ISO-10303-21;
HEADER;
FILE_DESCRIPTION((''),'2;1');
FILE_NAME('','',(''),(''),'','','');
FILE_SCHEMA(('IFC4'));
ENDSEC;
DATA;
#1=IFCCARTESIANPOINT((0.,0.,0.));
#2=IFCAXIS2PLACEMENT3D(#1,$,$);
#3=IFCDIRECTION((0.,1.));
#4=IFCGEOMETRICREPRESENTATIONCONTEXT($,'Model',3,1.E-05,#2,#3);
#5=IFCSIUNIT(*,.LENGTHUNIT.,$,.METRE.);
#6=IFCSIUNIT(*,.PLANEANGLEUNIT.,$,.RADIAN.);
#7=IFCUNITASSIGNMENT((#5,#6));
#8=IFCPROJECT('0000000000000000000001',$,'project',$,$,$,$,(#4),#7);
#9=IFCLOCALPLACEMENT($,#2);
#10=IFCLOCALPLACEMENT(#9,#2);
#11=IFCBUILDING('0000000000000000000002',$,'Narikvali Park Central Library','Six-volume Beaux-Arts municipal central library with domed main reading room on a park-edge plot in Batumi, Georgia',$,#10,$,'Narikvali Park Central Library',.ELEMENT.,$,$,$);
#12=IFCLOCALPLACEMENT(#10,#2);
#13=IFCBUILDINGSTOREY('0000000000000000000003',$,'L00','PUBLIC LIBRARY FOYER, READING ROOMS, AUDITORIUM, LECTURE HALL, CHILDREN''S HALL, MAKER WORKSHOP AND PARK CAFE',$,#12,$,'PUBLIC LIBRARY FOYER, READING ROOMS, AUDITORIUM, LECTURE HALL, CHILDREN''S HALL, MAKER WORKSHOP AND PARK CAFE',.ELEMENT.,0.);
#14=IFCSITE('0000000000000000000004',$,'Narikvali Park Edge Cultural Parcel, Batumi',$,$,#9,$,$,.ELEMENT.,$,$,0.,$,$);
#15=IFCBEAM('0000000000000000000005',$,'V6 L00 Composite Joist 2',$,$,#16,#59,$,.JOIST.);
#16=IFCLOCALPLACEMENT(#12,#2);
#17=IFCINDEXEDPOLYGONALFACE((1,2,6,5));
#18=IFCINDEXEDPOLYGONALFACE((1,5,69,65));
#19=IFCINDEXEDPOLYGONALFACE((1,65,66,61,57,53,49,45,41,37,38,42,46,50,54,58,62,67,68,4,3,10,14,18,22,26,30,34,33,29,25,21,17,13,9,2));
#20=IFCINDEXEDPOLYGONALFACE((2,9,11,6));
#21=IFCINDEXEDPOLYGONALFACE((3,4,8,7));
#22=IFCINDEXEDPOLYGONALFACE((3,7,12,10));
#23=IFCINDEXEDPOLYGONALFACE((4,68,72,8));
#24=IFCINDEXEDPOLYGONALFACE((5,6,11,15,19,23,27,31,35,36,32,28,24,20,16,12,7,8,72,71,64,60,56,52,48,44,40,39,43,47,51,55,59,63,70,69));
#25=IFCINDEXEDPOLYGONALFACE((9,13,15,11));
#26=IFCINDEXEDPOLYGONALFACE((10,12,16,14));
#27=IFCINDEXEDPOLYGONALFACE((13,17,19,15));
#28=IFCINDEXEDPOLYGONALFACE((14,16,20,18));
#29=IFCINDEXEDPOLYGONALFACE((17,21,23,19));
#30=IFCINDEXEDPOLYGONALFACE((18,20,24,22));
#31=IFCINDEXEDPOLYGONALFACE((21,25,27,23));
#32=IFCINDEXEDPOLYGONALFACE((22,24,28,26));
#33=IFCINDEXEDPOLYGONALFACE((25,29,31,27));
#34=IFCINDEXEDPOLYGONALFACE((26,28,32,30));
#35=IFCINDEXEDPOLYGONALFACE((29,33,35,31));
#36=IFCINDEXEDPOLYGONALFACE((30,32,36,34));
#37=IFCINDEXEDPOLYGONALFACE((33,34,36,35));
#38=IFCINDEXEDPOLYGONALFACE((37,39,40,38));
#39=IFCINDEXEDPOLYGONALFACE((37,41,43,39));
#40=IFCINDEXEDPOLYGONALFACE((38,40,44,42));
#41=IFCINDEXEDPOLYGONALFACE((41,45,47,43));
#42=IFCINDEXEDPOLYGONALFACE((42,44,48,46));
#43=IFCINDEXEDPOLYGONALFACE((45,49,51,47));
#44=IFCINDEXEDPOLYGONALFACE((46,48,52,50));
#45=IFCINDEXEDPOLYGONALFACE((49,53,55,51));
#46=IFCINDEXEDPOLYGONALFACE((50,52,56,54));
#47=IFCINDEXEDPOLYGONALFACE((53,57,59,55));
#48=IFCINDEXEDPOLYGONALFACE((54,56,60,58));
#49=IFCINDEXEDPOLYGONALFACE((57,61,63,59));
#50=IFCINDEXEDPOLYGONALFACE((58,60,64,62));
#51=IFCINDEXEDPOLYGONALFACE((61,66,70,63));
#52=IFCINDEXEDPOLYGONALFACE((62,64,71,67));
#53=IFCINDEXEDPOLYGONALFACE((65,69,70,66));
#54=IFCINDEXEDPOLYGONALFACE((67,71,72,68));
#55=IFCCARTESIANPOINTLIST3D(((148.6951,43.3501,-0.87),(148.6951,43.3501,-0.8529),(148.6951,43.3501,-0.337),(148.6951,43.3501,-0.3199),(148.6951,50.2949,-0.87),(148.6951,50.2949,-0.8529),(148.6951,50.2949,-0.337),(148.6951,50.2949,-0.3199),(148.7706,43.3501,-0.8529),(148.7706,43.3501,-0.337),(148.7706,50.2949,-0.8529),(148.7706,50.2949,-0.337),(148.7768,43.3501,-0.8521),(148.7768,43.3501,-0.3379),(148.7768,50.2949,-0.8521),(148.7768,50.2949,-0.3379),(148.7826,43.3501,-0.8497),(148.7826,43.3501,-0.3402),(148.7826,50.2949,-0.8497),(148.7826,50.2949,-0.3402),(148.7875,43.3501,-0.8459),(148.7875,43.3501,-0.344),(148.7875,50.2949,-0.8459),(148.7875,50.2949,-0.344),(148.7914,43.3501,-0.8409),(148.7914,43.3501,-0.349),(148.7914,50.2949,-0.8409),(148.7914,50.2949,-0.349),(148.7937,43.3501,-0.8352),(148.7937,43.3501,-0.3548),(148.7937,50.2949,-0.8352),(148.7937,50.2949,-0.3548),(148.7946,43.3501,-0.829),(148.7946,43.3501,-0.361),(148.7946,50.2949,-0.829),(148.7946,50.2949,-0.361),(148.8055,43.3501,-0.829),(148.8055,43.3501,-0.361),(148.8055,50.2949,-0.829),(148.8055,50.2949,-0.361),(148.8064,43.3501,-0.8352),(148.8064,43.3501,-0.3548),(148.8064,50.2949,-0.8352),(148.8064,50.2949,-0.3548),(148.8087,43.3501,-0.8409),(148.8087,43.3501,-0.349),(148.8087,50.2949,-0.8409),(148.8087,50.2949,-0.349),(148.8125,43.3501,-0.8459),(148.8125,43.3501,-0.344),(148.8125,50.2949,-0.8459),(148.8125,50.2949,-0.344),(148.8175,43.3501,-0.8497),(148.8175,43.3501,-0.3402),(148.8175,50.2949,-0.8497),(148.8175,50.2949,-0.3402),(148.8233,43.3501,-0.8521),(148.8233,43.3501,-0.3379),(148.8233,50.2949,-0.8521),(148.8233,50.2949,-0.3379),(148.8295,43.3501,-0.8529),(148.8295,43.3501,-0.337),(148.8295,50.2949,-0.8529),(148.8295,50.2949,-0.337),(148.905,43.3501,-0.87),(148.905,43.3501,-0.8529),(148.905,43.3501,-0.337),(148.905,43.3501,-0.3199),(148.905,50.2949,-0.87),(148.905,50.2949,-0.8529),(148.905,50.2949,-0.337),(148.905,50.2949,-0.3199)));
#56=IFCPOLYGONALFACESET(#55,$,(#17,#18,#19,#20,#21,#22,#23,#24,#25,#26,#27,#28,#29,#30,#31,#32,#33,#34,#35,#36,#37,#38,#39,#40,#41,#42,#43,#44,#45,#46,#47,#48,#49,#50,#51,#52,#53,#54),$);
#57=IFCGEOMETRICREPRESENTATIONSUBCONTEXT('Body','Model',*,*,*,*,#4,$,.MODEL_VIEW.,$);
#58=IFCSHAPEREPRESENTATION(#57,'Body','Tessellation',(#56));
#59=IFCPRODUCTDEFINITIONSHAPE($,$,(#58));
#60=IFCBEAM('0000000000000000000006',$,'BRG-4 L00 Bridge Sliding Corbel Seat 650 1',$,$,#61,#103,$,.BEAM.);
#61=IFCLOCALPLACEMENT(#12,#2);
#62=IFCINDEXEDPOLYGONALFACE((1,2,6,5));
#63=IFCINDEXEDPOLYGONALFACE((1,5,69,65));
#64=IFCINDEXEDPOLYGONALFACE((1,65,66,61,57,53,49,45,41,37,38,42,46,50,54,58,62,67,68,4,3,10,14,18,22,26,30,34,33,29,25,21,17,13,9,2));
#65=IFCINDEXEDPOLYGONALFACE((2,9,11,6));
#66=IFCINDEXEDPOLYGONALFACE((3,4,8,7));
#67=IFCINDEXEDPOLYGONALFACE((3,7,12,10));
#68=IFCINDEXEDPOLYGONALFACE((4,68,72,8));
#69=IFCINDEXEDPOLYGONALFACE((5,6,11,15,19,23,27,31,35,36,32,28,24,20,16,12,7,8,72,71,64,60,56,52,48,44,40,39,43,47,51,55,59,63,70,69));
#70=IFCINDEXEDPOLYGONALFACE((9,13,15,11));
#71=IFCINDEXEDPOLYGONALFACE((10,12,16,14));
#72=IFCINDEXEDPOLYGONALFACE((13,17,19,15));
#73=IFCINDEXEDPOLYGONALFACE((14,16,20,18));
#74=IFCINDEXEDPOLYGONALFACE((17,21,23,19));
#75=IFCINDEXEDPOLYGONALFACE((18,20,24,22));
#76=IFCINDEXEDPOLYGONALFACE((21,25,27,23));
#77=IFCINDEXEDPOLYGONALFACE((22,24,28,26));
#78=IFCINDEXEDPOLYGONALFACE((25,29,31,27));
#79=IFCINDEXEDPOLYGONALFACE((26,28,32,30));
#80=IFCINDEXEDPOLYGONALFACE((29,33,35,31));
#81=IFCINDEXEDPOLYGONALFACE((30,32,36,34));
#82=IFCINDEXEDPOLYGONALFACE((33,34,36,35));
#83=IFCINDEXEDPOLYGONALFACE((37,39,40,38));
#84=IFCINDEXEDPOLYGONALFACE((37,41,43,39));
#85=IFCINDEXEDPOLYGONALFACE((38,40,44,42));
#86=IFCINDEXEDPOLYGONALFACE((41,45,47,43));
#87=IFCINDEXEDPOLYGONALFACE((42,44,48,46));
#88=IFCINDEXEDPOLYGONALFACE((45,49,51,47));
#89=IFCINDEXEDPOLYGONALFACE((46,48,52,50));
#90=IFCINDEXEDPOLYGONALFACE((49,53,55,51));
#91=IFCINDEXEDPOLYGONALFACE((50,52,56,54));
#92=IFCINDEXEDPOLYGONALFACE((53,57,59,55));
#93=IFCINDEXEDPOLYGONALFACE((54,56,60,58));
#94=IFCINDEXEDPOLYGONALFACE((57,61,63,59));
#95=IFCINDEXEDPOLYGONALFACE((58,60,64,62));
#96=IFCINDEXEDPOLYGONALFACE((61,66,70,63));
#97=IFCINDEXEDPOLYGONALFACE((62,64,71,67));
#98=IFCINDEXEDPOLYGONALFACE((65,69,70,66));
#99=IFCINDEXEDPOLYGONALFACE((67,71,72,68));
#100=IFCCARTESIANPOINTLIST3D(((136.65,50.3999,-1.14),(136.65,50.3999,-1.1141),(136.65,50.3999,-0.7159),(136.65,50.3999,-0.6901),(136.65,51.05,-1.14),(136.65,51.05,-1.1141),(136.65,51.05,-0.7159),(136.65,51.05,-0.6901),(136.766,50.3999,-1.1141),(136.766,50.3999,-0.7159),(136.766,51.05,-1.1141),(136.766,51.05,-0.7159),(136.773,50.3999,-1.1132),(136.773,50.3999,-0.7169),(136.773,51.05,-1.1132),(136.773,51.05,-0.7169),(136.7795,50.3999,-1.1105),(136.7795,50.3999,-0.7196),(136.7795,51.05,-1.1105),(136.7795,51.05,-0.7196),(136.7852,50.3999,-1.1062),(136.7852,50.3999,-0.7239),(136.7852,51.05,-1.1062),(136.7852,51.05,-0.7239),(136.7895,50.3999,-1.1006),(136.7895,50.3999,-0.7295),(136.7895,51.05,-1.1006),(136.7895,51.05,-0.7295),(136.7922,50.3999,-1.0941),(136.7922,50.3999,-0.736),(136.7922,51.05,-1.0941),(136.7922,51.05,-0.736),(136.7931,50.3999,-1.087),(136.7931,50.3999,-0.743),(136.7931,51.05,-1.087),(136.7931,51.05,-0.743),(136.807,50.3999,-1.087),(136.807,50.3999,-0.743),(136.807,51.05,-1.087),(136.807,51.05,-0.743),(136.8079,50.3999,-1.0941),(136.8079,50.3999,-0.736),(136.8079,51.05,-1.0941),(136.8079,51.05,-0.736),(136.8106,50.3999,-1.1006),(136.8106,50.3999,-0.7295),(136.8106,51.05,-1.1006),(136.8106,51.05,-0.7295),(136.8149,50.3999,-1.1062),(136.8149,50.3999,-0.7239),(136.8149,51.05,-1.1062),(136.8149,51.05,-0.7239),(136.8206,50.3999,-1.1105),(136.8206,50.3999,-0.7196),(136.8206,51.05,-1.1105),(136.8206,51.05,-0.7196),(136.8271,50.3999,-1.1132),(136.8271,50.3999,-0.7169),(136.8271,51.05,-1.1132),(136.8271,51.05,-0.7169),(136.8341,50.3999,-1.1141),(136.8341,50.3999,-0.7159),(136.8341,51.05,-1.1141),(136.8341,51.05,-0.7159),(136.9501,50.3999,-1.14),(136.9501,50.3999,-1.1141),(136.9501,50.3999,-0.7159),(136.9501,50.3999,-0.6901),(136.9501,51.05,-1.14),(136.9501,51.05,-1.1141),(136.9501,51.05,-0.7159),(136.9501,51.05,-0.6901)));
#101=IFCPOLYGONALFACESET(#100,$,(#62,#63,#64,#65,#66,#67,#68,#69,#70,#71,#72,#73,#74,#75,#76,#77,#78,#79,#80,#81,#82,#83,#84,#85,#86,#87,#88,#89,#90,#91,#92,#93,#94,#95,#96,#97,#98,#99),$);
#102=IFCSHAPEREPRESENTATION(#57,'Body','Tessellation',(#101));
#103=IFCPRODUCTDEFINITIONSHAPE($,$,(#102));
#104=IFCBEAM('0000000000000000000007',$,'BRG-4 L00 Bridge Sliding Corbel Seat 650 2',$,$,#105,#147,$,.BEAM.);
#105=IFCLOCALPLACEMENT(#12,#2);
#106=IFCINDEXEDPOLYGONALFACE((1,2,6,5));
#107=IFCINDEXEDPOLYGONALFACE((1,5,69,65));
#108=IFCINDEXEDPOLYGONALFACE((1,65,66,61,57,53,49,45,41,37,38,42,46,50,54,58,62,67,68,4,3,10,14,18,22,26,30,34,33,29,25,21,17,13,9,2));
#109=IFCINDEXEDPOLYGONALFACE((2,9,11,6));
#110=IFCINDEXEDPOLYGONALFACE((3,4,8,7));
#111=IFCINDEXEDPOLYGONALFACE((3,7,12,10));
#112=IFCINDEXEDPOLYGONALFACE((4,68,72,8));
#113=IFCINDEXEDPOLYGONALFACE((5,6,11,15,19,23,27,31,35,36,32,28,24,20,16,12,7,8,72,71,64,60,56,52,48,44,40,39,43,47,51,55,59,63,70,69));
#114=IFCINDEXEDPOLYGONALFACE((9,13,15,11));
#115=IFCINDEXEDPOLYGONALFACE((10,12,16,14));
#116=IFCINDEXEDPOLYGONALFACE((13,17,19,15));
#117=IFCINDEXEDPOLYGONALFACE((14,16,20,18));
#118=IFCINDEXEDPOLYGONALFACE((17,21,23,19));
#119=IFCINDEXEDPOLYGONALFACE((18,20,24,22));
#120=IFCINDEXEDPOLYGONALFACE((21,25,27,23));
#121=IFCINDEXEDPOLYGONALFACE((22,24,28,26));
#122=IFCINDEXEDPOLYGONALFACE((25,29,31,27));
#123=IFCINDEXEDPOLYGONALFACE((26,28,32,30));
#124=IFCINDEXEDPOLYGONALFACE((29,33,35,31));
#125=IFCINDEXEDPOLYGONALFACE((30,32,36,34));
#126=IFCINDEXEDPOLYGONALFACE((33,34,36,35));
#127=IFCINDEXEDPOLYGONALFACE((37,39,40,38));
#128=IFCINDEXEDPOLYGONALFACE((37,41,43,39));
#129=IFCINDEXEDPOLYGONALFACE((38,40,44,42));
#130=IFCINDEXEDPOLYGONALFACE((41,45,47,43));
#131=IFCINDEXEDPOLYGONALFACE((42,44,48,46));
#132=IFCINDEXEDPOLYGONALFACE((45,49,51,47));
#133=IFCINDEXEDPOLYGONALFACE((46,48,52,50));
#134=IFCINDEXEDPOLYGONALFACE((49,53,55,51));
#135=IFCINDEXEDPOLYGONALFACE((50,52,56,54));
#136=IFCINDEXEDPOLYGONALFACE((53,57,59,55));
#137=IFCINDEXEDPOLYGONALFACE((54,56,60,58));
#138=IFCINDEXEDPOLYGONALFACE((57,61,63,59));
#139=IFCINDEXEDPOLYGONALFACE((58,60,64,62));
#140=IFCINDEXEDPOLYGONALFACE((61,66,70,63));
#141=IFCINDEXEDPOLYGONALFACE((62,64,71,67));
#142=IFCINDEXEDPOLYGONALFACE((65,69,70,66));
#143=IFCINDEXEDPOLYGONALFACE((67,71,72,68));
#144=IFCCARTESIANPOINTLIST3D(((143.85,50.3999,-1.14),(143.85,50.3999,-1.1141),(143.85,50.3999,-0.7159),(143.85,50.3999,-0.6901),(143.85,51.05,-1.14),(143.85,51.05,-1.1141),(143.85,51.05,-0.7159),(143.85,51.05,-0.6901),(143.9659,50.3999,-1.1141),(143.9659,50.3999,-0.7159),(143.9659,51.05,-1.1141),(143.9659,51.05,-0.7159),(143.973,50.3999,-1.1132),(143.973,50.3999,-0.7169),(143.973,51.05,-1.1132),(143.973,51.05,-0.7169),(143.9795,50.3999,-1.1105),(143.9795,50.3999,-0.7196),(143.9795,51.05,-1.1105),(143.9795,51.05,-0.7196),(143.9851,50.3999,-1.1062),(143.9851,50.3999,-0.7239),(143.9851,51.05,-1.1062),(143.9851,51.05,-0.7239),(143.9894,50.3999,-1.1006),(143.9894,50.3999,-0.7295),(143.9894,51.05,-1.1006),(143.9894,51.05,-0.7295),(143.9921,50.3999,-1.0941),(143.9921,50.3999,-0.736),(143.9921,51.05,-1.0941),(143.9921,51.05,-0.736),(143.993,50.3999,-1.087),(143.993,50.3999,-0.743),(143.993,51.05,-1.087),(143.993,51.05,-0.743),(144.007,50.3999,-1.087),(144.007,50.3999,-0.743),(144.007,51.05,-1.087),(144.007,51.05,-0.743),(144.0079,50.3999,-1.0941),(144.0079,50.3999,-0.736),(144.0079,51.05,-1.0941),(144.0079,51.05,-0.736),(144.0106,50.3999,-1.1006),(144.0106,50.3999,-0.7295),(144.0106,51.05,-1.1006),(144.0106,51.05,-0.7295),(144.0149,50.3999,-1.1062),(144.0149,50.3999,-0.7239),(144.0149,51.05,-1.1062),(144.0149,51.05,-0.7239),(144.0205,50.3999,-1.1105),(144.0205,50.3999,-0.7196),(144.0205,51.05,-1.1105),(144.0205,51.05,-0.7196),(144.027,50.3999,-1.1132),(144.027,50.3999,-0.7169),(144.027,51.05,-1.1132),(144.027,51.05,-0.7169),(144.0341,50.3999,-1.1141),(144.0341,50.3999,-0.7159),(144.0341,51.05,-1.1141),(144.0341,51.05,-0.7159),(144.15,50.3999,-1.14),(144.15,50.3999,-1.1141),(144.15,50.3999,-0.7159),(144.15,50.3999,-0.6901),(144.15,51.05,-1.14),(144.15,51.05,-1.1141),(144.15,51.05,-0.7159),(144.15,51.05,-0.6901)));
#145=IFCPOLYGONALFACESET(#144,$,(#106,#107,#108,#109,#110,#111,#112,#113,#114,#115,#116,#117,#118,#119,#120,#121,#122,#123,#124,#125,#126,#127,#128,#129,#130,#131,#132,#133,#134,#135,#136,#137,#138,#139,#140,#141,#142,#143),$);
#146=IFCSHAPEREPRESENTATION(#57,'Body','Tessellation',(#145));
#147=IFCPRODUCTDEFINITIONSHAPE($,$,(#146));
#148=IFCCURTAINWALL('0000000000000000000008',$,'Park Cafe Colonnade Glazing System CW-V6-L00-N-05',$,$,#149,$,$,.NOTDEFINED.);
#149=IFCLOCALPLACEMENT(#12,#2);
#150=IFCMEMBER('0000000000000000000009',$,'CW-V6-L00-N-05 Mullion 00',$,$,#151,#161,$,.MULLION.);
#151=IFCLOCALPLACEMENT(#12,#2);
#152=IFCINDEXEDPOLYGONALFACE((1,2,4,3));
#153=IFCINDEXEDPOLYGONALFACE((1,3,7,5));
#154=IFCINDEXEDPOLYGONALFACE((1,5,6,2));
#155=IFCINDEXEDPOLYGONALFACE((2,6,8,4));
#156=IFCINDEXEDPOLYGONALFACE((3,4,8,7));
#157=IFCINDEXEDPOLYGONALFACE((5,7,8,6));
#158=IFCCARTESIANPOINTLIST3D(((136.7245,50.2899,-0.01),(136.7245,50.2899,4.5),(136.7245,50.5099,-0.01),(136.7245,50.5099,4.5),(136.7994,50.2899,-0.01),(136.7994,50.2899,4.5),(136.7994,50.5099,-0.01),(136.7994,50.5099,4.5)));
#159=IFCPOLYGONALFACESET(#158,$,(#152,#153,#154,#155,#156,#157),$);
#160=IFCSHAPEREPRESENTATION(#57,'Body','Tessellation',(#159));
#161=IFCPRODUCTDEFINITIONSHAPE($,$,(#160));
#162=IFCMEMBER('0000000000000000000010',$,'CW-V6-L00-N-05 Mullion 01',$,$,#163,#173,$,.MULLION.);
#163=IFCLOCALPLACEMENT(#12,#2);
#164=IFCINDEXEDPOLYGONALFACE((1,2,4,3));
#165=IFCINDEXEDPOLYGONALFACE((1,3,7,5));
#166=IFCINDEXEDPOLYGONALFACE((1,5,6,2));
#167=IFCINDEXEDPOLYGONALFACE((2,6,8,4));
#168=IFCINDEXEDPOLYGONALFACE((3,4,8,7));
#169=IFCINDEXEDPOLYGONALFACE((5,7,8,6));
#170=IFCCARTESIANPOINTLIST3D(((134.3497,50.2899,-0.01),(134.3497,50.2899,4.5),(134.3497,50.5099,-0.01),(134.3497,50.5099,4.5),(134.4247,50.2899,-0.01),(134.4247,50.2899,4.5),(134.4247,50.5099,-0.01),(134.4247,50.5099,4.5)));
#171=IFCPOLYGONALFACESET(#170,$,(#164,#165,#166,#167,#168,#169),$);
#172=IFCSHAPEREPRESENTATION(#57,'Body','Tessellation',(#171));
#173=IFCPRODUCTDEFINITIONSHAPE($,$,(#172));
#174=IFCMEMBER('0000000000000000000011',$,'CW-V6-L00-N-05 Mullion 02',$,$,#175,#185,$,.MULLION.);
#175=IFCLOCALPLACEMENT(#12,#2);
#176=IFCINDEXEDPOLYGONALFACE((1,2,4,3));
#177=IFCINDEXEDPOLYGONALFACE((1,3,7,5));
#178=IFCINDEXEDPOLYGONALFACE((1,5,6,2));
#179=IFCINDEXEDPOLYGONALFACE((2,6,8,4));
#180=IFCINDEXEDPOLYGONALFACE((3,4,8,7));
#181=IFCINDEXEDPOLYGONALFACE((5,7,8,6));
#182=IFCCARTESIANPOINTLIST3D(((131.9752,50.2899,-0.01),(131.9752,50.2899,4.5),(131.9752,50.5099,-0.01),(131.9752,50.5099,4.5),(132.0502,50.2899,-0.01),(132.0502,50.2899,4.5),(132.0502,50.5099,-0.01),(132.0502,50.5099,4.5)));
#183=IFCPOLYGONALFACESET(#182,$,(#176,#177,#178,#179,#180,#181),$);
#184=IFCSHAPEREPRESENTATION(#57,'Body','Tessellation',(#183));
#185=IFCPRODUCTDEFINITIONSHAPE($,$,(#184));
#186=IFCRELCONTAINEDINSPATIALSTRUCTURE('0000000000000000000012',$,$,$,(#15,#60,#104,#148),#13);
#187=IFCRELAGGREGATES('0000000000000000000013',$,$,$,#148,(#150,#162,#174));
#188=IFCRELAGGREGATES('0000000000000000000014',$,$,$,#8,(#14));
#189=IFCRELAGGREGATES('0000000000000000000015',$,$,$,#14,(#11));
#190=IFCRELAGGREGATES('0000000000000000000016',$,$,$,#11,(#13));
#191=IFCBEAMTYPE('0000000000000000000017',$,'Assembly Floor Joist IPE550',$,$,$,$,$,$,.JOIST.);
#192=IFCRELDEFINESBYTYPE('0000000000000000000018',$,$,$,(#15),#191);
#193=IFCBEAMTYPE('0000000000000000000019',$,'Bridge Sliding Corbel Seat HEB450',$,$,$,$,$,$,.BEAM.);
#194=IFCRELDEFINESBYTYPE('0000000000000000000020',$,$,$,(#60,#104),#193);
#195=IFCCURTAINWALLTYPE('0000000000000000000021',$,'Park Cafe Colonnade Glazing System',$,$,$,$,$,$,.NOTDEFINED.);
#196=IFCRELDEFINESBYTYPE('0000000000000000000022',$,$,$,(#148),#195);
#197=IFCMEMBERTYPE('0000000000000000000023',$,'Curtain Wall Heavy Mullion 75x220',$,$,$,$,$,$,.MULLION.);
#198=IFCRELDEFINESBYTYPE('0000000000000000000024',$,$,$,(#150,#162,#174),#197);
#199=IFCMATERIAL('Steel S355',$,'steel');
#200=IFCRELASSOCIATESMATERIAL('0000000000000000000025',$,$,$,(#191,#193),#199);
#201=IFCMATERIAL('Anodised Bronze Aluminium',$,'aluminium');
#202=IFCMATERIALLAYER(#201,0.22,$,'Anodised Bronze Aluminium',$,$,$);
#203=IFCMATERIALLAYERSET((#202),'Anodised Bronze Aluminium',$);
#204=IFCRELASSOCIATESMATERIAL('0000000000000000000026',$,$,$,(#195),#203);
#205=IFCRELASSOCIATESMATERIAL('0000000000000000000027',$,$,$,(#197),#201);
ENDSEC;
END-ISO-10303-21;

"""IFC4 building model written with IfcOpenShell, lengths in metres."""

from ifc_helpers import new_model, si_unit, direction, frame, origin, origin_2d, place, context, subcontext, project, spatial, rectangle, i_section, extrude, material, layer, layer_set, material_profile, profile_set, type_object, element, aggregate, save


model = new_model("IFC4")

# Units and contexts
model_context = context("Model", 3, precision=1e-05, world=origin(), true_north=direction((0.0, 1.0)))
body_context = subcontext(model_context, "Body", "Model", "MODEL_VIEW")
ifc_project = project(units=[si_unit("LENGTHUNIT", "METRE"), si_unit("PLANEANGLEUNIT", "RADIAN")], contexts=[model_context])

# Site, building, storey
site_placement = place(None, origin())
site = spatial("IfcSite", under=ifc_project, at=site_placement, Name="Narikvali Park Edge Cultural Parcel, Batumi", CompositionType="ELEMENT", RefElevation=0.0)
building_placement = place(site_placement, origin())
building = spatial("IfcBuilding", under=site, at=building_placement, Name="Narikvali Park Central Library", Description="Six-volume Beaux-Arts municipal central library with domed main reading room on a park-edge plot in Batumi, Georgia", LongName="Narikvali Park Central Library", CompositionType="ELEMENT")
storey_placement = place(building_placement, origin())
storey = spatial("IfcBuildingStorey", under=building, at=storey_placement, Name="L00", Description="PUBLIC LIBRARY FOYER, READING ROOMS, AUDITORIUM, LECTURE HALL, CHILDREN'S HALL, MAKER WORKSHOP AND PARK CAFE", LongName="PUBLIC LIBRARY FOYER, READING ROOMS, AUDITORIUM, LECTURE HALL, CHILDREN'S HALL, MAKER WORKSHOP AND PARK CAFE", CompositionType="ELEMENT", Elevation=0.0)

# Shared definitions
ifc_material_1 = material(Name="Steel S355", Category="steel")

# Beams
ifc_material_profile_1 = material_profile(ifc_material_1, i_section(OverallWidth=0.21, OverallDepth=0.55, WebThickness=0.011, FlangeThickness=0.0171, FilletRadius=0.0239, at=origin_2d()), Name="IPE 550")
ifc_profile_set_1 = profile_set([ifc_material_profile_1], Name="Steel S355")
beam_type_1 = type_object("IfcBeamType", Name="Assembly Floor Joist IPE550", PredefinedType="JOIST", material=ifc_profile_set_1)
for number, where, z_axis, x_axis, name in (
    (1, (148.8, 43.3501, -0.595), (0.0, 1.0, 0.0), (-1.0, 0.0, 0.0), "V6 L00 Composite Joist 2"),
):
    element("IfcBeam", number, at=place(storey_placement, frame(where, z_axis=z_axis, x_axis=x_axis)), inside=storey, type_object=beam_type_1, Name=name, PredefinedType="JOIST", context=body_context, shape_type="SweptSolid", body=[
        extrude(i_section(OverallWidth=0.21, OverallDepth=0.55, WebThickness=0.011, FlangeThickness=0.0171, FilletRadius=0.0239, at=origin_2d()), origin(), (0.0, 0.0, 1.0), 6.9448),
    ])
ifc_material_profile_2 = material_profile(ifc_material_1, i_section(OverallWidth=0.3, OverallDepth=0.45, WebThickness=0.0139, FlangeThickness=0.0259, FilletRadius=0.0271, at=origin_2d()), Name="HEB 450")
ifc_profile_set_2 = profile_set([ifc_material_profile_2], Name="Steel S355")
beam_type_2 = type_object("IfcBeamType", Name="Bridge Sliding Corbel Seat HEB450", PredefinedType="BEAM", material=ifc_profile_set_2)
for number, where, z_axis, x_axis, name in (
    (2, (136.8, 50.3999, -0.915), (0.0, 1.0, 0.0), (-1.0, 0.0, 0.0), "BRG-4 L00 Bridge Sliding Corbel Seat 650 1"),
    (3, (144.0, 50.3999, -0.915), (0.0, 1.0, 0.0), (-1.0, 0.0, 0.0), "BRG-4 L00 Bridge Sliding Corbel Seat 650 2"),
):
    element("IfcBeam", number, at=place(storey_placement, frame(where, z_axis=z_axis, x_axis=x_axis)), inside=storey, type_object=beam_type_2, Name=name, PredefinedType="BEAM", context=body_context, shape_type="SweptSolid", body=[
        extrude(i_section(OverallWidth=0.3, OverallDepth=0.45, WebThickness=0.0139, FlangeThickness=0.0259, FilletRadius=0.0271, at=origin_2d()), origin(), (0.0, 0.0, 1.0), 0.6501),
    ])

# Curtain wall, members
ifc_material_2 = material(Name="Anodised Bronze Aluminium", Category="aluminium")
ifc_layer_1 = layer(ifc_material_2, 0.22, Name="Anodised Bronze Aluminium")
ifc_layer_set_1 = layer_set([ifc_layer_1], Name="Anodised Bronze Aluminium")
curtain_wall_type = type_object("IfcCurtainWallType", Name="Park Cafe Colonnade Glazing System", PredefinedType="NOTDEFINED", material=ifc_layer_set_1)
curtain_wall_placement = place(storey_placement, origin())
curtain_wall = element("IfcCurtainWall", 4, at=curtain_wall_placement, inside=storey, type_object=curtain_wall_type, Name="Park Cafe Colonnade Glazing System CW-V6-L00-N-05", PredefinedType="NOTDEFINED")
ifc_material_profile_3 = material_profile(ifc_material_2, rectangle(XDim=0.075, YDim=0.22, at=origin_2d()), Name="CW MULLION 75x220")
ifc_profile_set_3 = profile_set([ifc_material_profile_3], Name="Anodised Bronze Aluminium")
member_type_1 = type_object("IfcMemberType", Name="Curtain Wall Heavy Mullion 75x220", PredefinedType="MULLION", material=ifc_profile_set_3)
member_1_placement = place(storey_placement, frame((136.762, 50.3999, -0.01), z_axis=(0.0, 0.0, 1.0), x_axis=(1.0, 0.0, 0.0)))
member_1 = element("IfcMember", 5, at=member_1_placement, type_object=member_type_1, Name="CW-V6-L00-N-05 Mullion 00", PredefinedType="MULLION", context=body_context, shape_type="SweptSolid", body=[
    extrude(rectangle(XDim=0.075, YDim=0.22, at=origin_2d()), origin(), (0.0, 0.0, 1.0), 4.51),
])
member_2_placement = place(storey_placement, frame((134.3872, 50.3999, -0.01), z_axis=(0.0, 0.0, 1.0), x_axis=(1.0, 0.0, 0.0)))
member_2 = element("IfcMember", 6, at=member_2_placement, type_object=member_type_1, Name="CW-V6-L00-N-05 Mullion 01", PredefinedType="MULLION", context=body_context, shape_type="SweptSolid", body=[
    extrude(rectangle(XDim=0.075, YDim=0.22, at=origin_2d()), origin(), (0.0, 0.0, 1.0), 4.51),
])
member_3_placement = place(storey_placement, frame((132.0127, 50.3999, -0.01), z_axis=(0.0, 0.0, 1.0), x_axis=(1.0, 0.0, 0.0)))
member_3 = element("IfcMember", 7, at=member_3_placement, type_object=member_type_1, Name="CW-V6-L00-N-05 Mullion 02", PredefinedType="MULLION", context=body_context, shape_type="SweptSolid", body=[
    extrude(rectangle(XDim=0.075, YDim=0.22, at=origin_2d()), origin(), (0.0, 0.0, 1.0), 4.51),
])

aggregate(curtain_wall, [member_1, member_2, member_3])

save(model, "model.ifc")
